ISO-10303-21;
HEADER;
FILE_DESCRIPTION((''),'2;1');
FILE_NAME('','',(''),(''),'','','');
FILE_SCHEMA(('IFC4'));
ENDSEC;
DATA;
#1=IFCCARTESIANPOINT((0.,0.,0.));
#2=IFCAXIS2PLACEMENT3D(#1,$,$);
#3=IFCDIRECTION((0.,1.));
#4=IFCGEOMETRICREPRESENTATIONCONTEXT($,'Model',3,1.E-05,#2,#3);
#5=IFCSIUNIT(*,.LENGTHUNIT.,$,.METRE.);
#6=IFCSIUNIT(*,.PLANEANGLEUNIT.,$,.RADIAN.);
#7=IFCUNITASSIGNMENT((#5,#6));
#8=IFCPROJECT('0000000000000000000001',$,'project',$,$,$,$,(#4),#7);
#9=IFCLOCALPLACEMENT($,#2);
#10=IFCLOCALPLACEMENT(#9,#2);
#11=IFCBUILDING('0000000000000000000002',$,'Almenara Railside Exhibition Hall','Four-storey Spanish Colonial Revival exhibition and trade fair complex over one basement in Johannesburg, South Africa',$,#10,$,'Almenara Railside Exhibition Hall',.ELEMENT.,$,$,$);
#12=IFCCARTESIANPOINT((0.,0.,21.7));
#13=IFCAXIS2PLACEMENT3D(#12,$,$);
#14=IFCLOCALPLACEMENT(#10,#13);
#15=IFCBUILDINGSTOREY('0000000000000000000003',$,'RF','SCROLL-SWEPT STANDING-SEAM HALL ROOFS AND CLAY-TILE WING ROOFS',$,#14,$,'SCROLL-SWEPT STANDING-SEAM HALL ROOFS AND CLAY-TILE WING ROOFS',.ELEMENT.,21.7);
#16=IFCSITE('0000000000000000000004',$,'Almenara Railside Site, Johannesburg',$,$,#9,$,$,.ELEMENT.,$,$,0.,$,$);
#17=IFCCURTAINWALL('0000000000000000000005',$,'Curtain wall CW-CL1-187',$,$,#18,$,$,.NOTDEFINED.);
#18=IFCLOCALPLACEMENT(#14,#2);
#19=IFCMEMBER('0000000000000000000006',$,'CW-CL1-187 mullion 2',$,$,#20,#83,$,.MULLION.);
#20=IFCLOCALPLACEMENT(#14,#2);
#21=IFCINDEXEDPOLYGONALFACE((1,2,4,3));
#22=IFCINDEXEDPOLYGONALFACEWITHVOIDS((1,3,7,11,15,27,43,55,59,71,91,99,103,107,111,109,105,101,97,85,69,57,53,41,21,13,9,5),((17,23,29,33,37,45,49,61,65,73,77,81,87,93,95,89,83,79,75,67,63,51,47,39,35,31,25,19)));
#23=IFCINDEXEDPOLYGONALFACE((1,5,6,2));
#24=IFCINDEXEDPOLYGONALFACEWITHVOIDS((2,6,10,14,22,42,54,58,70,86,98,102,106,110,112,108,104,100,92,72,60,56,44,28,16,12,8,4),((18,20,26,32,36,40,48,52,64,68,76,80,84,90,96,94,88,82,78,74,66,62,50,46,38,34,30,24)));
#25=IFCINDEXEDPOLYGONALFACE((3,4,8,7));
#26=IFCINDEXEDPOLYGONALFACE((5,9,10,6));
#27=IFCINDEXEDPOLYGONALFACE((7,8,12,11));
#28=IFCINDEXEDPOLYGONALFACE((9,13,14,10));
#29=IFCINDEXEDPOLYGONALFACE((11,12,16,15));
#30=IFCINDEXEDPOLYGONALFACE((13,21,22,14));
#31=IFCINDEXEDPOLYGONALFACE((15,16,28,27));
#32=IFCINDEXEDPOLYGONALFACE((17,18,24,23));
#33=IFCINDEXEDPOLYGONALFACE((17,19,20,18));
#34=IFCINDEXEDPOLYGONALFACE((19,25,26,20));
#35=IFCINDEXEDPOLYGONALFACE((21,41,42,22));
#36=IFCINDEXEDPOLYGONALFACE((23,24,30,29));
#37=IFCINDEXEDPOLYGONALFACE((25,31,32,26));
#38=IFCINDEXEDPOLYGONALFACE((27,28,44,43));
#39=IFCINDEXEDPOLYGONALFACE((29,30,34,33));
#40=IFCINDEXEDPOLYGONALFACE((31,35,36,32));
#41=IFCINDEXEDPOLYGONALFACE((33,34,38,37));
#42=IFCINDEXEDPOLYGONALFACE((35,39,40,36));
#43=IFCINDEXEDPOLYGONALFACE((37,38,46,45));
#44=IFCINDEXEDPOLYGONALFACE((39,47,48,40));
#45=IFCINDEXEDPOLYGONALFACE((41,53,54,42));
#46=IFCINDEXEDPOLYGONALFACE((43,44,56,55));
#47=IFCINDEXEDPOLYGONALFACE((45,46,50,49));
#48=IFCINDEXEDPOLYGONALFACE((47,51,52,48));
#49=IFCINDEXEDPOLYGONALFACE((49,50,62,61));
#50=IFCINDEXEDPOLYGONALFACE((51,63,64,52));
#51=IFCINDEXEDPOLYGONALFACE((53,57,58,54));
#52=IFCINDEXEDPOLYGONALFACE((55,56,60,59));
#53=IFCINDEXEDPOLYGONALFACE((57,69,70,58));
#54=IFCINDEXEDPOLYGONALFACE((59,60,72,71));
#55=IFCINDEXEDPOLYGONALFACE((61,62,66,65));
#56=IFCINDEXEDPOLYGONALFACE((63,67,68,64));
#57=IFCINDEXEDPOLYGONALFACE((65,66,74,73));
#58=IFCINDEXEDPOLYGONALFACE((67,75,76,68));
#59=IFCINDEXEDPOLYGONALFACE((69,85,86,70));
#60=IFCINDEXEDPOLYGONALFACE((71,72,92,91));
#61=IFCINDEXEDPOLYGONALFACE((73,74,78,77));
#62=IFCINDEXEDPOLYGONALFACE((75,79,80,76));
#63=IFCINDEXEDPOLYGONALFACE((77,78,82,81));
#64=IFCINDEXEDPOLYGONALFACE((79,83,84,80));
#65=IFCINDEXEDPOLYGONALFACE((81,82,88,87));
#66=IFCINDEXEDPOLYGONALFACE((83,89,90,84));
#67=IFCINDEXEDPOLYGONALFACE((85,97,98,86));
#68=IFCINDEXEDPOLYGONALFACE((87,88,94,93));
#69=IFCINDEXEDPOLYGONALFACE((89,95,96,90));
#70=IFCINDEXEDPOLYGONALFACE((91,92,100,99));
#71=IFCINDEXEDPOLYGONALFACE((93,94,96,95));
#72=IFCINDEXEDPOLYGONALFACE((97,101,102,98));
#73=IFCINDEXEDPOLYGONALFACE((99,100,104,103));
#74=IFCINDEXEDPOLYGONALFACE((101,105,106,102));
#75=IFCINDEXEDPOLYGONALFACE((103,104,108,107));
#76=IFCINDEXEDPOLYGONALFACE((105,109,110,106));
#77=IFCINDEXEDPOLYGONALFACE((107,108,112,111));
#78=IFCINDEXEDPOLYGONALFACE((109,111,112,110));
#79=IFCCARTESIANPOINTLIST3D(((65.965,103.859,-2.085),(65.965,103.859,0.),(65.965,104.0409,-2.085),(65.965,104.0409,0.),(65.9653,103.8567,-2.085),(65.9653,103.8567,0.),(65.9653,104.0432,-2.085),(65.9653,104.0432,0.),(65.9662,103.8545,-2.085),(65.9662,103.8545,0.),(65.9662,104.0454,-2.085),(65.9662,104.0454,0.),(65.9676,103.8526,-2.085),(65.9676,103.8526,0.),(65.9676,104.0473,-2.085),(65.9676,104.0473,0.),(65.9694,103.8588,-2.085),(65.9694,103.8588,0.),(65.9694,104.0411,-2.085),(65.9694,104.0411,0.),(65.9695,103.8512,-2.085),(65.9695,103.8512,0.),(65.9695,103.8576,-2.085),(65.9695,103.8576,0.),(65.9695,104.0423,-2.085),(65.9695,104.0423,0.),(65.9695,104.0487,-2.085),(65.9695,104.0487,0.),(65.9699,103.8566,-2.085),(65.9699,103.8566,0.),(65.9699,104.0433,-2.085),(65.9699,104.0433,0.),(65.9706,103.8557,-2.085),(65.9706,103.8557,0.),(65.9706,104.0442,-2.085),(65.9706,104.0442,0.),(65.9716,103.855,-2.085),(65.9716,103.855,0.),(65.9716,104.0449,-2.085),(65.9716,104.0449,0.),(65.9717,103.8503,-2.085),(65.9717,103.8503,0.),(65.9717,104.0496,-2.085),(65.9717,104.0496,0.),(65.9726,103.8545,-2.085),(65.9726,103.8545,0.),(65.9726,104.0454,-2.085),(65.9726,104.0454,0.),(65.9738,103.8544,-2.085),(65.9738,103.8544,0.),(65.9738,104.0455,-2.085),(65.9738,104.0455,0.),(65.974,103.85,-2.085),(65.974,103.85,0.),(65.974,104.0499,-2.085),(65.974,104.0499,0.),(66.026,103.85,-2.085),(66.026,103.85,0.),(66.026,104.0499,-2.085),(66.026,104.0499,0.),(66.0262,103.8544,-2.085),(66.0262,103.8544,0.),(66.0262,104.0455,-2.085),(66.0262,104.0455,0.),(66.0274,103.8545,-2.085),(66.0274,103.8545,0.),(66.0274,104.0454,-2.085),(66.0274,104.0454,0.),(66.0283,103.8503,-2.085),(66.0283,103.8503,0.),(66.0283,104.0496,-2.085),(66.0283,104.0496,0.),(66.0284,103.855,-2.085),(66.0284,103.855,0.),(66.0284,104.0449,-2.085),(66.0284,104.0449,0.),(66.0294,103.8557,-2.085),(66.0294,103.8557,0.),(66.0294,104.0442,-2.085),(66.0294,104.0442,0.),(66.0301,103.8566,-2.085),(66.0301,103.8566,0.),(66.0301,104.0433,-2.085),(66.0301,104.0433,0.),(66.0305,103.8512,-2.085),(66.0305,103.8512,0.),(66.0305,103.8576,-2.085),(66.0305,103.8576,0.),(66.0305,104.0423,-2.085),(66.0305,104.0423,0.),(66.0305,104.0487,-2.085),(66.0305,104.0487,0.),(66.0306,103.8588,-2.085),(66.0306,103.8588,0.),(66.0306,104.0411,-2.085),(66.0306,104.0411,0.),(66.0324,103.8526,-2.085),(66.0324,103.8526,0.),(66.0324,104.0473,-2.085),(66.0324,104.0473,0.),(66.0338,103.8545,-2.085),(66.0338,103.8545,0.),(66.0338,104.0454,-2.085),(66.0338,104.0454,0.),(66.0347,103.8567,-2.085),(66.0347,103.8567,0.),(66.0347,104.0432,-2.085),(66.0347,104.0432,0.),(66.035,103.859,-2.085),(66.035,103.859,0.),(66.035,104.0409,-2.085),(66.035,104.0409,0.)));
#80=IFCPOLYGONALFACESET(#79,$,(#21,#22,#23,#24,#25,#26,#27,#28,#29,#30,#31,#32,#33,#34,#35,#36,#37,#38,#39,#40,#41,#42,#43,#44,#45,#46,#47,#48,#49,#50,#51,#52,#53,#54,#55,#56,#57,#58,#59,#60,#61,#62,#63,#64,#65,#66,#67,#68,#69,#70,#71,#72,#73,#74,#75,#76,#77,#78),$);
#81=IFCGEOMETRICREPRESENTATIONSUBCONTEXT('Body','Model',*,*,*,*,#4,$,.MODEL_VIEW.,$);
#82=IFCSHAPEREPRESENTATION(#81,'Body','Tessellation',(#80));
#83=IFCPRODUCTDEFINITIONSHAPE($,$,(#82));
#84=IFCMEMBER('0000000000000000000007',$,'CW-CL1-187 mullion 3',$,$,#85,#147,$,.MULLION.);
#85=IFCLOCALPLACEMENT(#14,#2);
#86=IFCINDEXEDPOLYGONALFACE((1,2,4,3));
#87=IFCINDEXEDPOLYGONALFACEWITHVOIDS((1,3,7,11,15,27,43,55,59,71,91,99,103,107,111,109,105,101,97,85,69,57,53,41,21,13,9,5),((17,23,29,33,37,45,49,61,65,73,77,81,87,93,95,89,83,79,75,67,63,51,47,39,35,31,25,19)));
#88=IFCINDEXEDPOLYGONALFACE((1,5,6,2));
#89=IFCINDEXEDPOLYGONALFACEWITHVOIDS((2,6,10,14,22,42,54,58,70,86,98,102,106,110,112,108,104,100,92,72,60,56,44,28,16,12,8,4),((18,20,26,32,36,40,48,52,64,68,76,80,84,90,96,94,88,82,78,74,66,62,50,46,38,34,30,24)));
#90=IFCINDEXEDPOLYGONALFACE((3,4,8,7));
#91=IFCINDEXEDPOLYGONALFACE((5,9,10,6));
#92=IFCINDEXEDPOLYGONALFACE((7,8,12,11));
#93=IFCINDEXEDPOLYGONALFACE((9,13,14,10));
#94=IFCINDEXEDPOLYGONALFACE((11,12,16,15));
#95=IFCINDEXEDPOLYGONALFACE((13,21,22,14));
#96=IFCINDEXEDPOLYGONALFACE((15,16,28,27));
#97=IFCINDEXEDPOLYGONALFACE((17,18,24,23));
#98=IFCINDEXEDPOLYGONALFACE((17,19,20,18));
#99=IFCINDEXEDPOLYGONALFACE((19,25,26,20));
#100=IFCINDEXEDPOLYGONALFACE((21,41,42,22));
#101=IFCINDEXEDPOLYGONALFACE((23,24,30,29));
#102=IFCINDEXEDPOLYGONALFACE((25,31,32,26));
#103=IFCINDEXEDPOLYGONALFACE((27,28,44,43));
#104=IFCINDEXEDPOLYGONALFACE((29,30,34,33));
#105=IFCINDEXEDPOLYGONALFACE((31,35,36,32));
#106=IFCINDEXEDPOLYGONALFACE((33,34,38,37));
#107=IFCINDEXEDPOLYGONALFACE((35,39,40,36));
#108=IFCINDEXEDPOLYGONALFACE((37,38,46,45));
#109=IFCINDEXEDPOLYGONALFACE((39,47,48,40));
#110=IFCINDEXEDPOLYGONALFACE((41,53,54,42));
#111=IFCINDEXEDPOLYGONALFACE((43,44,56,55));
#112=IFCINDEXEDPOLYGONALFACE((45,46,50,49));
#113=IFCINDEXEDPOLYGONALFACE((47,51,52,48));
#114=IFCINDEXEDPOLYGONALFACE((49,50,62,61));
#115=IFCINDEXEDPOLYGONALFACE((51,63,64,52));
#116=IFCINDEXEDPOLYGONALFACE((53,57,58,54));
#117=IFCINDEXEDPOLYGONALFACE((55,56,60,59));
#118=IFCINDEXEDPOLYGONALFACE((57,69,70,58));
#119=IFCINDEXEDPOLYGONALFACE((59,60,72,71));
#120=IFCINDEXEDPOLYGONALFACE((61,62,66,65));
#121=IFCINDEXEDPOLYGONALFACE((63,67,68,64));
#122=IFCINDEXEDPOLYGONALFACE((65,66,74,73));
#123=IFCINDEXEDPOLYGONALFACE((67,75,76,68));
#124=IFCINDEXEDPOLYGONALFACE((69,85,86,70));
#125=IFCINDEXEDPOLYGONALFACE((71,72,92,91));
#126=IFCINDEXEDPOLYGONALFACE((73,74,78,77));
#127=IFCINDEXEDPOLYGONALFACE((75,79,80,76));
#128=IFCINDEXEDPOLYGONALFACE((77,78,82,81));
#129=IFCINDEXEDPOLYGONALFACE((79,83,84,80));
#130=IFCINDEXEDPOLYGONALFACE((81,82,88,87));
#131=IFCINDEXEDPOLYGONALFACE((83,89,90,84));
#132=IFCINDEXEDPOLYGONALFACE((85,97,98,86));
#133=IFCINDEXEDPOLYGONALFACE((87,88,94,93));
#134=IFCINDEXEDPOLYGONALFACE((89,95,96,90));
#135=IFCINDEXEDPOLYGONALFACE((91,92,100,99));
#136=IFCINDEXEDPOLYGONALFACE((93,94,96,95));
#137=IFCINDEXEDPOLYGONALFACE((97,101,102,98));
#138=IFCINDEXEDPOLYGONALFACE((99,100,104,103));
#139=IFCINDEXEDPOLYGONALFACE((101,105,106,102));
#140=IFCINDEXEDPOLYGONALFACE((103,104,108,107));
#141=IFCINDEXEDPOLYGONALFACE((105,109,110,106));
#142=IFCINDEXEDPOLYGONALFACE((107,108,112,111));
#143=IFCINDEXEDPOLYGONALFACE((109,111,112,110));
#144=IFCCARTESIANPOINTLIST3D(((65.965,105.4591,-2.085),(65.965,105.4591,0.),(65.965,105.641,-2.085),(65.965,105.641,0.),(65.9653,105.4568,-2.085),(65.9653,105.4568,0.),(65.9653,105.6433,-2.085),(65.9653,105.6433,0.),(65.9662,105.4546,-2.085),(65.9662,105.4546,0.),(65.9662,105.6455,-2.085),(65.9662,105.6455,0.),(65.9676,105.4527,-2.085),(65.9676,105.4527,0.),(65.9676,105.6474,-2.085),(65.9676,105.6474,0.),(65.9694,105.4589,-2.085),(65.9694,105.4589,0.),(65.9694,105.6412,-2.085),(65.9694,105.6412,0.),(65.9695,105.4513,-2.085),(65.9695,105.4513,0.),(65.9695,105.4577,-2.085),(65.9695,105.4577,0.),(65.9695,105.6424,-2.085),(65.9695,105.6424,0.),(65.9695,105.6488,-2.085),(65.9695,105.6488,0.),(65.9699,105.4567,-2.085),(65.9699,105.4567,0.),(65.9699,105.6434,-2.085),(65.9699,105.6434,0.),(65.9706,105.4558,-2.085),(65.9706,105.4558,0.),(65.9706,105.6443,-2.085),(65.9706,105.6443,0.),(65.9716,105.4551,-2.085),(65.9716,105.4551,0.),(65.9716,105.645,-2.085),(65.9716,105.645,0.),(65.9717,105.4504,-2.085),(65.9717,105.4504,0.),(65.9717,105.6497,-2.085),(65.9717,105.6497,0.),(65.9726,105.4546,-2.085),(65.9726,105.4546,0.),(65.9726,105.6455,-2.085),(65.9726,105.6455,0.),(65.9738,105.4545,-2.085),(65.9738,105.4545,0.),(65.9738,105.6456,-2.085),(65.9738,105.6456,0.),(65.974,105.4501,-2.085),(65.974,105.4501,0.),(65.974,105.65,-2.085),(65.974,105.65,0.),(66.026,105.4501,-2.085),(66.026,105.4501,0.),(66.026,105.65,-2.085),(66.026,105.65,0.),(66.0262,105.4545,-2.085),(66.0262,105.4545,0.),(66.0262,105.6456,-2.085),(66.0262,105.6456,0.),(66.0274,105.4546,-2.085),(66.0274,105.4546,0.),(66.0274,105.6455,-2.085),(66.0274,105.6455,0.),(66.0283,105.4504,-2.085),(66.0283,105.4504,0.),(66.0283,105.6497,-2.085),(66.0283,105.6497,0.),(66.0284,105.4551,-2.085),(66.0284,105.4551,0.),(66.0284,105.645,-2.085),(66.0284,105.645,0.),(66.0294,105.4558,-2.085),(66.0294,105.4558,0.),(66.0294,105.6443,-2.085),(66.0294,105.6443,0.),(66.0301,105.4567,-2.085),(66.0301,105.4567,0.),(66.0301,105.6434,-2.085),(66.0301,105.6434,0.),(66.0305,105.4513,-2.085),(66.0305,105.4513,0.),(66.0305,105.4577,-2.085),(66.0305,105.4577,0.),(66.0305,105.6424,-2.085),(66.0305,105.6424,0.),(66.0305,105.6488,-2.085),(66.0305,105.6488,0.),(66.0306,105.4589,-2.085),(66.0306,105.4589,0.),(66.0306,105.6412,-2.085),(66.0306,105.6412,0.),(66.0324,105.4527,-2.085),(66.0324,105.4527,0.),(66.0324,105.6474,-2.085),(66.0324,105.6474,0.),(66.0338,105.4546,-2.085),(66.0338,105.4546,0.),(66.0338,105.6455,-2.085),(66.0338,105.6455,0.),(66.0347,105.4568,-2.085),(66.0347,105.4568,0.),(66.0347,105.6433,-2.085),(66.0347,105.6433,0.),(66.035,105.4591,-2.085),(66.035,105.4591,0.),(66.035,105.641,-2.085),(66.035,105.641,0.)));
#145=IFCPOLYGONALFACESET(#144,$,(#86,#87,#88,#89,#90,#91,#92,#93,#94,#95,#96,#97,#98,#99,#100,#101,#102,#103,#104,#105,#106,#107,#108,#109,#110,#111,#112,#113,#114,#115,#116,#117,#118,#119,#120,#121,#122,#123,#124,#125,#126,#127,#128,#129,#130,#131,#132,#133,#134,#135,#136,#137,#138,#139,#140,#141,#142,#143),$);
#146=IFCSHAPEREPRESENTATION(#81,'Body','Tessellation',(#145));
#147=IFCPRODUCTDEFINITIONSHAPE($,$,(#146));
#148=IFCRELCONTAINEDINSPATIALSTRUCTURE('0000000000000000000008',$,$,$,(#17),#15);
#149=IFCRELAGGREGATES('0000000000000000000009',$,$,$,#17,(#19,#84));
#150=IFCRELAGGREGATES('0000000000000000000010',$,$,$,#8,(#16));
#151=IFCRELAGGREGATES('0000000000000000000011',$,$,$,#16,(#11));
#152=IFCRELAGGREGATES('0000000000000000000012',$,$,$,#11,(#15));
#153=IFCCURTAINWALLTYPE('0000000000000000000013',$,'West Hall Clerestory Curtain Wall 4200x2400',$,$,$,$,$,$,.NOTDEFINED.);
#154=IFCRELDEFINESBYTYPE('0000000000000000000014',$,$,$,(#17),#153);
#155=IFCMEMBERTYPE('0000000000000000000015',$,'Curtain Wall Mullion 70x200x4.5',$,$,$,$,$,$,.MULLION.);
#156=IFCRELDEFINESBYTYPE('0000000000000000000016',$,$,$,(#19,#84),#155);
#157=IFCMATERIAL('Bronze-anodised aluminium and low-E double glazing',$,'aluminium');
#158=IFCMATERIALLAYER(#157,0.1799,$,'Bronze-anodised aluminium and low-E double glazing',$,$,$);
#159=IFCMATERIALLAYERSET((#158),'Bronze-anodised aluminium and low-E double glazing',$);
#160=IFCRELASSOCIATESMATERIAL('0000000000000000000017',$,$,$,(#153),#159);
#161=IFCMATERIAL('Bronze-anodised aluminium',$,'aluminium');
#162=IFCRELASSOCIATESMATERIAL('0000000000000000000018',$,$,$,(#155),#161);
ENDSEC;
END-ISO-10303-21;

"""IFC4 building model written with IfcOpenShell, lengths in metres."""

from ifc_helpers import new_model, si_unit, direction, frame, origin, origin_2d, place, context, subcontext, project, spatial, hollow_rectangle, extrude, material, layer, layer_set, material_profile, profile_set, type_object, element, aggregate, save


model = new_model("IFC4")

# Units and contexts
model_context = context("Model", 3, precision=1e-05, world=origin(), true_north=direction((0.0, 1.0)))
body_context = subcontext(model_context, "Body", "Model", "MODEL_VIEW")
ifc_project = project(units=[si_unit("LENGTHUNIT", "METRE"), si_unit("PLANEANGLEUNIT", "RADIAN")], contexts=[model_context])

# Site, building, storey
site_placement = place(None, origin())
site = spatial("IfcSite", under=ifc_project, at=site_placement, Name="Almenara Railside Site, Johannesburg", CompositionType="ELEMENT", RefElevation=0.0)
building_placement = place(site_placement, origin())
building = spatial("IfcBuilding", under=site, at=building_placement, Name="Almenara Railside Exhibition Hall", Description="Four-storey Spanish Colonial Revival exhibition and trade fair complex over one basement in Johannesburg, South Africa", LongName="Almenara Railside Exhibition Hall", CompositionType="ELEMENT")
storey_placement = place(building_placement, frame((0.0, 0.0, 21.7)))
storey = spatial("IfcBuildingStorey", under=building, at=storey_placement, Name="RF", Description="SCROLL-SWEPT STANDING-SEAM HALL ROOFS AND CLAY-TILE WING ROOFS", LongName="SCROLL-SWEPT STANDING-SEAM HALL ROOFS AND CLAY-TILE WING ROOFS", CompositionType="ELEMENT", Elevation=21.7)

# Curtain wall, members
ifc_material_1 = material(Name="Bronze-anodised aluminium and low-E double glazing", Category="aluminium")
ifc_layer_1 = layer(ifc_material_1, 0.1799, Name="Bronze-anodised aluminium and low-E double glazing")
ifc_layer_set_1 = layer_set([ifc_layer_1], Name="Bronze-anodised aluminium and low-E double glazing")
curtain_wall_type = type_object("IfcCurtainWallType", Name="West Hall Clerestory Curtain Wall 4200x2400", PredefinedType="NOTDEFINED", material=ifc_layer_set_1)
ifc_material_2 = material(Name="Bronze-anodised aluminium", Category="aluminium")
curtain_wall_1_placement = place(storey_placement, origin())
curtain_wall_1 = element("IfcCurtainWall", 1, at=curtain_wall_1_placement, inside=storey, type_object=curtain_wall_type, Name="Curtain wall CW-CL1-187", PredefinedType="NOTDEFINED")
ifc_material_profile_1 = material_profile(ifc_material_2, hollow_rectangle(XDim=0.0701, YDim=0.2, WallThickness=0.0044, InnerFilletRadius=0.0044, OuterFilletRadius=0.009, at=origin_2d()), Name="ALU-MUL 70x200x4.5")
ifc_profile_set_1 = profile_set([ifc_material_profile_1], Name="Bronze-anodised aluminium")
member_type_1 = type_object("IfcMemberType", Name="Curtain Wall Mullion 70x200x4.5", PredefinedType="MULLION", material=ifc_profile_set_1)
member_1_placement = place(storey_placement, frame((66.0, 103.95, -2.085), z_axis=(0.0, 0.0, 1.0), x_axis=(-1.0, 0.0, 0.0)))
member_1 = element("IfcMember", 2, at=member_1_placement, type_object=member_type_1, Name="CW-CL1-187 mullion 2", PredefinedType="MULLION", context=body_context, shape_type="SweptSolid", body=[
    extrude(hollow_rectangle(XDim=0.0701, YDim=0.2, WallThickness=0.0044, InnerFilletRadius=0.0044, OuterFilletRadius=0.009, at=origin_2d()), origin(), (0.0, 0.0, 1.0), 2.085),
])
member_2_placement = place(storey_placement, frame((66.0, 105.55, -2.085), z_axis=(0.0, 0.0, 1.0), x_axis=(-1.0, 0.0, 0.0)))
member_2 = element("IfcMember", 3, at=member_2_placement, type_object=member_type_1, Name="CW-CL1-187 mullion 3", PredefinedType="MULLION", context=body_context, shape_type="SweptSolid", body=[
    extrude(hollow_rectangle(XDim=0.0701, YDim=0.2, WallThickness=0.0044, InnerFilletRadius=0.0044, OuterFilletRadius=0.009, at=origin_2d()), origin(), (0.0, 0.0, 1.0), 2.085),
])

aggregate(curtain_wall_1, [member_1, member_2])

save(model, "model.ifc")
